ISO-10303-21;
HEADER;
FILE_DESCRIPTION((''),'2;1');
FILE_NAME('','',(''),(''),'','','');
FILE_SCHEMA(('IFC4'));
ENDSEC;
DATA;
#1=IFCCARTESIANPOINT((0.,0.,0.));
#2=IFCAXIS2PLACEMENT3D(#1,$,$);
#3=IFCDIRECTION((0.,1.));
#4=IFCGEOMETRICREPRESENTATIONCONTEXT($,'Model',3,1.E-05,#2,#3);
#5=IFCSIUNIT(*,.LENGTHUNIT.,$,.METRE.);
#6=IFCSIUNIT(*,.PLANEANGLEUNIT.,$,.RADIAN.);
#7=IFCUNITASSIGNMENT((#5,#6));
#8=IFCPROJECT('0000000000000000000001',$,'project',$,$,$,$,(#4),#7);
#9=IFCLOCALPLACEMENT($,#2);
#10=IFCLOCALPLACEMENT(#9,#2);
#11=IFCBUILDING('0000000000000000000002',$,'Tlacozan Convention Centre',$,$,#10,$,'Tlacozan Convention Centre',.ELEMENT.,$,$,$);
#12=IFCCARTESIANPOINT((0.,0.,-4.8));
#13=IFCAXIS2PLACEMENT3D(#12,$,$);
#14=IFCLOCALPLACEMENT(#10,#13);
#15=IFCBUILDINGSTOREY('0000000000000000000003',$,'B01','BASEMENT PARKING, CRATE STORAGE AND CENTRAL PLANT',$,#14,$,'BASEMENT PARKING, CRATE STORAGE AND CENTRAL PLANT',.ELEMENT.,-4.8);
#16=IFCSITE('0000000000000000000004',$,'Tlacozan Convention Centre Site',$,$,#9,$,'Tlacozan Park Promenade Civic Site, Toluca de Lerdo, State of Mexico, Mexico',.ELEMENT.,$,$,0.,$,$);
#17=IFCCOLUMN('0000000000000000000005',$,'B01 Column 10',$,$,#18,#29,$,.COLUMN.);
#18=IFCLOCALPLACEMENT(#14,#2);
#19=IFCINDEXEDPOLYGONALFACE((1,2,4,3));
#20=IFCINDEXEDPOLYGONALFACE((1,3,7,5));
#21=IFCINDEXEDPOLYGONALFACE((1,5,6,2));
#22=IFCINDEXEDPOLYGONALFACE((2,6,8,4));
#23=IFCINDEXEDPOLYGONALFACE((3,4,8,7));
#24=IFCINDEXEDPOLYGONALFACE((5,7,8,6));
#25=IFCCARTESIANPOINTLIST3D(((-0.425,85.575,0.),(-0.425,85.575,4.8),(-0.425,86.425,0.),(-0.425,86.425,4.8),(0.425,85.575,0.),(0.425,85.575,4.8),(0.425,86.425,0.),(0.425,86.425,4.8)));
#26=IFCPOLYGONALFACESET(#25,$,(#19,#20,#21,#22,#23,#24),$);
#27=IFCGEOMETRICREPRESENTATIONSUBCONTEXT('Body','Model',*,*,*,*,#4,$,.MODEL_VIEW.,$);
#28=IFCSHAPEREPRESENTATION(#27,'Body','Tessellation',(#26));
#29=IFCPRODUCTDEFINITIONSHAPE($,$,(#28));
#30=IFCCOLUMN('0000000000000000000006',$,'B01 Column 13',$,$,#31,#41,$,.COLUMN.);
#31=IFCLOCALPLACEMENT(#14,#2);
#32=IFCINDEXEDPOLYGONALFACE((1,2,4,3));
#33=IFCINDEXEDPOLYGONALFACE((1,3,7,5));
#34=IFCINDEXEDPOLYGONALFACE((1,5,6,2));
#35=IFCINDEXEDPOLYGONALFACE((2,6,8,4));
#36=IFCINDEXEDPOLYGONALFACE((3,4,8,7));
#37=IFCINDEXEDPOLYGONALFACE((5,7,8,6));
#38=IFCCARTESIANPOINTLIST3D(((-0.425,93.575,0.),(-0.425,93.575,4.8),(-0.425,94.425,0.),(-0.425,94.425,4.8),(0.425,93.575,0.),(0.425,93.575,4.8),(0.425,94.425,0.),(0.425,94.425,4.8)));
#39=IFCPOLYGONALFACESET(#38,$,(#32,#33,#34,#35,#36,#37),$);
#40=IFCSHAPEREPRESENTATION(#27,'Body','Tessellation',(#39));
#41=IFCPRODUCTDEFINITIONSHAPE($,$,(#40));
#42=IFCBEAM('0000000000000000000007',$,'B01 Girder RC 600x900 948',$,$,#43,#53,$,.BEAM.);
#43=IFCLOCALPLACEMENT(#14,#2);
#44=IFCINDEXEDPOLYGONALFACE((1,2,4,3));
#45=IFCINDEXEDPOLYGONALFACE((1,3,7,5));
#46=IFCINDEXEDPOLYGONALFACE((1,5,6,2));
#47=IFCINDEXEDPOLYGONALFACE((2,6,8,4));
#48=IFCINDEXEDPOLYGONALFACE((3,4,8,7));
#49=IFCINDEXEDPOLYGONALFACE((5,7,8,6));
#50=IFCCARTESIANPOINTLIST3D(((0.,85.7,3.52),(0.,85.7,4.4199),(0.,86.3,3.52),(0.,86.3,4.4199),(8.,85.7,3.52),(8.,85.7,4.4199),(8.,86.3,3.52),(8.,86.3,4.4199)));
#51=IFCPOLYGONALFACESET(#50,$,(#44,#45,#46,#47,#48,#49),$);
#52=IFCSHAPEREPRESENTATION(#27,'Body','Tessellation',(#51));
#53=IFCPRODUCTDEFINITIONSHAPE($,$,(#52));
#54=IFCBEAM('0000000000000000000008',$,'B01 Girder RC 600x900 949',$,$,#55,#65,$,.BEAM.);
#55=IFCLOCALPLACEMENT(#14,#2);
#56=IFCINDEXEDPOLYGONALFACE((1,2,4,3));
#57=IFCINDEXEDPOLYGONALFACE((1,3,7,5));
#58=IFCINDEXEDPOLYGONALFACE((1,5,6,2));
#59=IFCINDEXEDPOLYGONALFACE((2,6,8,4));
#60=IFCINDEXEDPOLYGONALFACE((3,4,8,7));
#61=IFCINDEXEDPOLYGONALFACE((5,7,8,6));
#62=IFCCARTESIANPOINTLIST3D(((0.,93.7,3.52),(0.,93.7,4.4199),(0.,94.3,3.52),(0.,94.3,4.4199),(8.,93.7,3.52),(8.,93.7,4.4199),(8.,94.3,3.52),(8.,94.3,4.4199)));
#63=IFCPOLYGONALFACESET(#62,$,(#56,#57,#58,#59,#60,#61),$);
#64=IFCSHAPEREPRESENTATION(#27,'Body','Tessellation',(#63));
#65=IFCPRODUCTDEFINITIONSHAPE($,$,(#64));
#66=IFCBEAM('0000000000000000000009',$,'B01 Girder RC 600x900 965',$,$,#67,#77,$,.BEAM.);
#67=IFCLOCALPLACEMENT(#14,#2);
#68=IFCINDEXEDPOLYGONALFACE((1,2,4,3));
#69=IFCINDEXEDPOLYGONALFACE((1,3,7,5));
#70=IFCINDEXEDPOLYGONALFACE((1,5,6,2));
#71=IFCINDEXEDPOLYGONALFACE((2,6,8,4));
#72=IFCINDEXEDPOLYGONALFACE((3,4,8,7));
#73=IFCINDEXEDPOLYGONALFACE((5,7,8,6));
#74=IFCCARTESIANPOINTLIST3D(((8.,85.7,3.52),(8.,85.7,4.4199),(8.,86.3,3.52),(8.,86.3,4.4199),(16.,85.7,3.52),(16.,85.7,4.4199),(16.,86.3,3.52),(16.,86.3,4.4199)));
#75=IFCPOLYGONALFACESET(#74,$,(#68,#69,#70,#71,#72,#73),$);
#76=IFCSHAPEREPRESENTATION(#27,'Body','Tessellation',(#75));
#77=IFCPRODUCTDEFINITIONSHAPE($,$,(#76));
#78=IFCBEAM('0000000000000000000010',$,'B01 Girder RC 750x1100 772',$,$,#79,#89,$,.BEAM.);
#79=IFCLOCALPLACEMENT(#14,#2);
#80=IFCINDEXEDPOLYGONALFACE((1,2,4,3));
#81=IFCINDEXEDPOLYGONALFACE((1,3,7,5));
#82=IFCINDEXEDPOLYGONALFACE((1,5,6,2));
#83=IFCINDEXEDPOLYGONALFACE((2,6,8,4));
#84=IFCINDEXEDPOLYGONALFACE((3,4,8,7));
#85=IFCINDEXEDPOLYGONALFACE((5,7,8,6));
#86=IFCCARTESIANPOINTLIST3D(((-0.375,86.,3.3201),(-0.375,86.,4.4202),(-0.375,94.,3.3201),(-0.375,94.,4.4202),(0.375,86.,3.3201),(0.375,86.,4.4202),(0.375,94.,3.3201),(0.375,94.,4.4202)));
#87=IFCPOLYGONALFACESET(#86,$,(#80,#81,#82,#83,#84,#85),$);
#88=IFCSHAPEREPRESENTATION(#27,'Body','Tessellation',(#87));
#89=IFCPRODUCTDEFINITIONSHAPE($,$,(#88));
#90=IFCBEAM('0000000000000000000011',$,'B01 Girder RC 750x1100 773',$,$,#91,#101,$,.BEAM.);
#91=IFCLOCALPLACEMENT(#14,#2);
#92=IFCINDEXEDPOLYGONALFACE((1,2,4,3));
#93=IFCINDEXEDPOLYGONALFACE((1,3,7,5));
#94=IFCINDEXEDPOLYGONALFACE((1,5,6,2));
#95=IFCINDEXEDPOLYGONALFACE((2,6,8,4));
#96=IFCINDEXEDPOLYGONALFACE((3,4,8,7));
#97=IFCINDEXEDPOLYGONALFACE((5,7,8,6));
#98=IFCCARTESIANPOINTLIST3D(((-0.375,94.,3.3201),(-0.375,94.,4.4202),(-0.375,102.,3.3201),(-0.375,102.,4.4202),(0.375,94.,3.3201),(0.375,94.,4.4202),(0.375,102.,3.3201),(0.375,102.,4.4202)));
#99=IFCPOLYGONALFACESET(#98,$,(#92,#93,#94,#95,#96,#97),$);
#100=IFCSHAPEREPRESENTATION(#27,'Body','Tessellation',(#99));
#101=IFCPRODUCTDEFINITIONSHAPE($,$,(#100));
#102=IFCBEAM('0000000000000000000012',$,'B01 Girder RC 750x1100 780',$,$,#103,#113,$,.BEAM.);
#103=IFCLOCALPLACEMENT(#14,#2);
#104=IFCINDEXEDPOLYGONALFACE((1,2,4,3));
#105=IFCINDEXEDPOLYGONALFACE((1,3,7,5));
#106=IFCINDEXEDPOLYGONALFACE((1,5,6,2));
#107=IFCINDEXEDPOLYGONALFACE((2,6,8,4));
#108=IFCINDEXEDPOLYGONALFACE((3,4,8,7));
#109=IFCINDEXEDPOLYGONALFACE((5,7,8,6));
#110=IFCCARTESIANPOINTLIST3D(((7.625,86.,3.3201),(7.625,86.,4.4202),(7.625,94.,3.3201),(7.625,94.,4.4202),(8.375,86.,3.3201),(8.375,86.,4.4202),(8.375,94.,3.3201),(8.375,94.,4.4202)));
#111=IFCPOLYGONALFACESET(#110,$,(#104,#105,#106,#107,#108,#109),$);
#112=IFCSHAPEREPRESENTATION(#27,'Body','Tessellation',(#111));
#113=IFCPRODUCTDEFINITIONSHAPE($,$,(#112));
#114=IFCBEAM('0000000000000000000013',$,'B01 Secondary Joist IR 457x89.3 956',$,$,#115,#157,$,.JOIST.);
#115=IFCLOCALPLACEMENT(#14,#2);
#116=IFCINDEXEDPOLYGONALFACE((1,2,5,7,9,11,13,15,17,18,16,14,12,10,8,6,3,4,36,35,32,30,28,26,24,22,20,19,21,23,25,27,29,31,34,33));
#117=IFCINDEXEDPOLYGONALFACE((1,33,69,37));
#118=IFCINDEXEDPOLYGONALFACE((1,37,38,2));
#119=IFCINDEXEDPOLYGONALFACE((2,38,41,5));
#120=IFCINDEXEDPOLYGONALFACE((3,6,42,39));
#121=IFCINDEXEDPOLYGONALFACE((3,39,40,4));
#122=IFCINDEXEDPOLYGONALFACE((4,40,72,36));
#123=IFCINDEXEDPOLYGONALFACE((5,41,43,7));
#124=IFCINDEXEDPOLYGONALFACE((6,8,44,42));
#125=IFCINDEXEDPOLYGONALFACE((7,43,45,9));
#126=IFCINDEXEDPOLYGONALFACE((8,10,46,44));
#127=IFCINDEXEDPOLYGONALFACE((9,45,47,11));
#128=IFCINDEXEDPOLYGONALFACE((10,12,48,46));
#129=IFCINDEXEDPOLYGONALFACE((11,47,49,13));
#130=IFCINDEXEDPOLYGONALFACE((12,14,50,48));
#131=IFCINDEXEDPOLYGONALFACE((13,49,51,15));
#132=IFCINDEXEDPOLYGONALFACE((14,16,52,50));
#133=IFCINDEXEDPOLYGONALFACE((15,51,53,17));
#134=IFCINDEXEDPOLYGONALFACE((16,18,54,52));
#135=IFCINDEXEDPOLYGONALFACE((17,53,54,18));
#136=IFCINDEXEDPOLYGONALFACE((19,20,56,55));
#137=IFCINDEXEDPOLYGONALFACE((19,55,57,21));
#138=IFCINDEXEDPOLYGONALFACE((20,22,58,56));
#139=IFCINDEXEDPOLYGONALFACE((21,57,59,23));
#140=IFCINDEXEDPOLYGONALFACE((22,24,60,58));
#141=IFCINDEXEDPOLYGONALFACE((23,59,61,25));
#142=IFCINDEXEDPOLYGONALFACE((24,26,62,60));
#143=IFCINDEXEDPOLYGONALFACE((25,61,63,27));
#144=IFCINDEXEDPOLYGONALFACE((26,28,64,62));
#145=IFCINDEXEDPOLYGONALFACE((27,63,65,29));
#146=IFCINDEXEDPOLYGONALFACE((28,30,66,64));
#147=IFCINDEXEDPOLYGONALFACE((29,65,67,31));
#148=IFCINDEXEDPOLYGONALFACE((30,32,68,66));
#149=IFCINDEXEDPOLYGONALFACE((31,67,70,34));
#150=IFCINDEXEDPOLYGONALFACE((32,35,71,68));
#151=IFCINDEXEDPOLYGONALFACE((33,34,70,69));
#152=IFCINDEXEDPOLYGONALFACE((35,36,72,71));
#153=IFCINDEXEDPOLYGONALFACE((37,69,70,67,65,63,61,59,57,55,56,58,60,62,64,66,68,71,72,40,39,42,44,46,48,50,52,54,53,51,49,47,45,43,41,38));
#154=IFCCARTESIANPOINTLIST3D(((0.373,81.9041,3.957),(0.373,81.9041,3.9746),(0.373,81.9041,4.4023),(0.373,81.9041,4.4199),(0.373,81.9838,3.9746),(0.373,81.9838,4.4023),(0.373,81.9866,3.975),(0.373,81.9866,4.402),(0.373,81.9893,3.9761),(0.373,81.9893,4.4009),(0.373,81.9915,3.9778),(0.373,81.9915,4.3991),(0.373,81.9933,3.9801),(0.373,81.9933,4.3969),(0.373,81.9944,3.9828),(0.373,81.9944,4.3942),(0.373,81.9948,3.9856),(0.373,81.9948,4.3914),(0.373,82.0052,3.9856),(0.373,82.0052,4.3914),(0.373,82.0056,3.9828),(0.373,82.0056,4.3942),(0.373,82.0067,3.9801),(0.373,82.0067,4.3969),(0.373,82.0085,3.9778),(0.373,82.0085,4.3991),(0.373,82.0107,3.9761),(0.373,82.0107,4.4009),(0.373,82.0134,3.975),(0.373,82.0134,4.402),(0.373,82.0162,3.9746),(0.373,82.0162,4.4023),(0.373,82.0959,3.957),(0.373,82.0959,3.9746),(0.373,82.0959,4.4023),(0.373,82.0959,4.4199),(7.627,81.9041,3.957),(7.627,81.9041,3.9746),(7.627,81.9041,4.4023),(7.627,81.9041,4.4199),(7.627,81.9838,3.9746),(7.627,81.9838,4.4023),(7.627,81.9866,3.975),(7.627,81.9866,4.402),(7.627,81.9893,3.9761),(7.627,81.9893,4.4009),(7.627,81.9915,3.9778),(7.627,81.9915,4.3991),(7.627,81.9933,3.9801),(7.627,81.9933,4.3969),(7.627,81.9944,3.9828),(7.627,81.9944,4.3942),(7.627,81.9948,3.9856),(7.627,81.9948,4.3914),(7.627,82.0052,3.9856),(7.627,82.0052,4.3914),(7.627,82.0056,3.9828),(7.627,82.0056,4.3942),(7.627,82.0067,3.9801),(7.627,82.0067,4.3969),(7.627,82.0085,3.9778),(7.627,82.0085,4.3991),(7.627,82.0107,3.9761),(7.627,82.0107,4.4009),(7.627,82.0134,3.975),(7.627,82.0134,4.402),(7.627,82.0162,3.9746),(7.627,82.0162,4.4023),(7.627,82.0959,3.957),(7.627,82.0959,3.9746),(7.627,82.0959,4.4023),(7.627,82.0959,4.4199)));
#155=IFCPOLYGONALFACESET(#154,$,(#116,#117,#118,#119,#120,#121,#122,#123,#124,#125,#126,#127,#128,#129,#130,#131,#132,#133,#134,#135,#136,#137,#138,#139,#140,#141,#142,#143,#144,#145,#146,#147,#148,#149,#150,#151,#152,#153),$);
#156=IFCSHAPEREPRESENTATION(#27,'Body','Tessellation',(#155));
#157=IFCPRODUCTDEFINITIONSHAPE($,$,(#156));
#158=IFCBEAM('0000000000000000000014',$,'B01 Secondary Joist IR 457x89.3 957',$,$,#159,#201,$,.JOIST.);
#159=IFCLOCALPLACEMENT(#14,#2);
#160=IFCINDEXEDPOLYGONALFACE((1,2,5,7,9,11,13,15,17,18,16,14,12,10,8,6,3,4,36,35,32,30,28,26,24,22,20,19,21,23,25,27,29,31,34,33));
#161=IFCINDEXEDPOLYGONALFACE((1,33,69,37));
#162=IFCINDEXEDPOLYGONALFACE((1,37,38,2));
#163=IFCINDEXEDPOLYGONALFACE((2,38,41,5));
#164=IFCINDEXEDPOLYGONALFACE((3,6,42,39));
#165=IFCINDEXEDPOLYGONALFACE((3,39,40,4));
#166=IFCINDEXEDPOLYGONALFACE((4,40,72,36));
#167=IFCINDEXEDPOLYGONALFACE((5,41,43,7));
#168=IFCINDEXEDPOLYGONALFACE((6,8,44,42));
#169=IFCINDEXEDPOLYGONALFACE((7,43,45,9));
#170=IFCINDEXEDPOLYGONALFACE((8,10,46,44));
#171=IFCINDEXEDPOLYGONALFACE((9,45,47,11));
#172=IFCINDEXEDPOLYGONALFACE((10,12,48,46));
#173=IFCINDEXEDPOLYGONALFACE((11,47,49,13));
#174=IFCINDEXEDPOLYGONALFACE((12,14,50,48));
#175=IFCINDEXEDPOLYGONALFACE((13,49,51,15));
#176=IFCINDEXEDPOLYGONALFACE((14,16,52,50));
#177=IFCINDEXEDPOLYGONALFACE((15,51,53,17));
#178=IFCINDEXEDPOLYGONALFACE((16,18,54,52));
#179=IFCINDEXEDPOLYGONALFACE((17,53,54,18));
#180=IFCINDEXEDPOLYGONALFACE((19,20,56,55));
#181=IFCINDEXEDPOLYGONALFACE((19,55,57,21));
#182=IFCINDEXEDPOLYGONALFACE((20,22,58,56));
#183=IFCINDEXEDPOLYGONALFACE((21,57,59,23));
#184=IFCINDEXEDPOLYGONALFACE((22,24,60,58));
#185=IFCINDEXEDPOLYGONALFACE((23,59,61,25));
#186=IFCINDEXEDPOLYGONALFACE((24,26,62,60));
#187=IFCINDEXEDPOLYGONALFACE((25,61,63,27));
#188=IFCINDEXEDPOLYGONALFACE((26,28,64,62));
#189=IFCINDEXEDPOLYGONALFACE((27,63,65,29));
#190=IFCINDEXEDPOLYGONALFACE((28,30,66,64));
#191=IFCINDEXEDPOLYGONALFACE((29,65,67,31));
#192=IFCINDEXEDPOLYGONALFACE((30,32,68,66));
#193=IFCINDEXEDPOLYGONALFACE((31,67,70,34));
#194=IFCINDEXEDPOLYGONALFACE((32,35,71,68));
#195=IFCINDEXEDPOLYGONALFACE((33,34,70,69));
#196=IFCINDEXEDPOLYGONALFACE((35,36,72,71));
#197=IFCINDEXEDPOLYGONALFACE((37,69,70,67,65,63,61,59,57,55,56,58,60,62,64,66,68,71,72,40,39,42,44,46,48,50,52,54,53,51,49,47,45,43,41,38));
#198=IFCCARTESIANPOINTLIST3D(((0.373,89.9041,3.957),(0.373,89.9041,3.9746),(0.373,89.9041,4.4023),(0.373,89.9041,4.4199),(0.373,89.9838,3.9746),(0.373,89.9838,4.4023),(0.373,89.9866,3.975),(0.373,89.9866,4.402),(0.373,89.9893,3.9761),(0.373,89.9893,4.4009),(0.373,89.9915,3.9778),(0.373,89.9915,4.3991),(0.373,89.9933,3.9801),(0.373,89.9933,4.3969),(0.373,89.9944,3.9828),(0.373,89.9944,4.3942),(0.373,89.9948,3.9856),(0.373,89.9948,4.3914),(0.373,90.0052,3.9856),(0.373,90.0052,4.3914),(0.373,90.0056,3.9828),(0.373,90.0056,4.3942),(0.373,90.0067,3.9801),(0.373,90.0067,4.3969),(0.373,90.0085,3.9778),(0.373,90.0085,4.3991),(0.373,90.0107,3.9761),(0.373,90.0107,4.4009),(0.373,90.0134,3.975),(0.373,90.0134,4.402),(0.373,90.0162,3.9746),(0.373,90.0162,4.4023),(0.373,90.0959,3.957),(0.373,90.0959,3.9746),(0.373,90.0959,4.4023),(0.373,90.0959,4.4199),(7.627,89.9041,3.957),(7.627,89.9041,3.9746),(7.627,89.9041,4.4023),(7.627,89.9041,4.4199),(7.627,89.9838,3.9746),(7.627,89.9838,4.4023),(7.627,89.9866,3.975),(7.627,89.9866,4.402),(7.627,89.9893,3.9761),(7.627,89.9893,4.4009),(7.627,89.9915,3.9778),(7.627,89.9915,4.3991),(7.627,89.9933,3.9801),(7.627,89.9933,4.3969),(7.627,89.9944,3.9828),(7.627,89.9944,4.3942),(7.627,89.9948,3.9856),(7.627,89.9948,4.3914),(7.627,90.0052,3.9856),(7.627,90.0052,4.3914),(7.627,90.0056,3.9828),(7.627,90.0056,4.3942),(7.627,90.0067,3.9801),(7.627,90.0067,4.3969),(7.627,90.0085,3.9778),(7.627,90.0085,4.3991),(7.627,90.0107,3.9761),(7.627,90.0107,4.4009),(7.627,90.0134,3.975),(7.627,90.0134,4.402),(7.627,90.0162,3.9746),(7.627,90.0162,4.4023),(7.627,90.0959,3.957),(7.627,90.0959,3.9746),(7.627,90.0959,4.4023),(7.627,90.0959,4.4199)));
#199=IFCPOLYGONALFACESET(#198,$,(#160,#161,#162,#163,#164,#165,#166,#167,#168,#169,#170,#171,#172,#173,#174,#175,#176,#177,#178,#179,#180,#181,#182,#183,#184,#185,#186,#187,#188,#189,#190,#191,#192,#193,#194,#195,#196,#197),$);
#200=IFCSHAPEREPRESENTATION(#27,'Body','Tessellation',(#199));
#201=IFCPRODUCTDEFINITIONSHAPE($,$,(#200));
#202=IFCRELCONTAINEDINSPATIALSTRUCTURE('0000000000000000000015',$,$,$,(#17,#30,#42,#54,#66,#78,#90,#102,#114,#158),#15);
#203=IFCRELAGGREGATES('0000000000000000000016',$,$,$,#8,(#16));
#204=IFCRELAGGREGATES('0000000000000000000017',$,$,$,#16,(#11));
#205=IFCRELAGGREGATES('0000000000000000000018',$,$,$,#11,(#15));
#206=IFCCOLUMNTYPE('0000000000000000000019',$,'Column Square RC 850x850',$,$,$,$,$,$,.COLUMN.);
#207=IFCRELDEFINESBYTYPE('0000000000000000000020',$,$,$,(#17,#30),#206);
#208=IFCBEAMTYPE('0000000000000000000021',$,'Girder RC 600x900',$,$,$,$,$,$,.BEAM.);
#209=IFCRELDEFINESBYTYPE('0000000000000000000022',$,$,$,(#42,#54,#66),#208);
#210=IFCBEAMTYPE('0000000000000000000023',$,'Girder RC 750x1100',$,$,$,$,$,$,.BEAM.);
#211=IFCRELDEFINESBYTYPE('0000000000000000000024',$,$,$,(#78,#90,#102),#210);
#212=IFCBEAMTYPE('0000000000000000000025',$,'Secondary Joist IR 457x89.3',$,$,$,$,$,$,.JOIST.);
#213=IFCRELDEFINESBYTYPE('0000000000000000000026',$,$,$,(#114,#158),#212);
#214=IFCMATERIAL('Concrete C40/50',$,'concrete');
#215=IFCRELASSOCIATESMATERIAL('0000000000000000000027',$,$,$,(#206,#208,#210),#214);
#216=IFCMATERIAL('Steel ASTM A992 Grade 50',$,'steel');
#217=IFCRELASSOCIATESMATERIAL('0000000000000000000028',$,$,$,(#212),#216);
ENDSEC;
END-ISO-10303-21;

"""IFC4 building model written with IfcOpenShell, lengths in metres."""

from ifc_helpers import new_model, si_unit, direction, frame, origin, origin_2d, place, context, subcontext, project, spatial, rectangle, i_section, extrude, material, material_profile, profile_set, type_object, element, save


model = new_model("IFC4")

# Units and contexts
model_context = context("Model", 3, precision=1e-05, world=origin(), true_north=direction((0.0, 1.0)))
body_context = subcontext(model_context, "Body", "Model", "MODEL_VIEW")
ifc_project = project(units=[si_unit("LENGTHUNIT", "METRE"), si_unit("PLANEANGLEUNIT", "RADIAN")], contexts=[model_context])

# Site, building, storey
site_placement = place(None, origin())
site = spatial("IfcSite", under=ifc_project, at=site_placement, Name="Tlacozan Convention Centre Site", LongName="Tlacozan Park Promenade Civic Site, Toluca de Lerdo, State of Mexico, Mexico", CompositionType="ELEMENT", RefElevation=0.0)
building_placement = place(site_placement, origin())
building = spatial("IfcBuilding", under=site, at=building_placement, Name="Tlacozan Convention Centre", LongName="Tlacozan Convention Centre", CompositionType="ELEMENT")
storey_placement = place(building_placement, frame((0.0, 0.0, -4.8)))
storey = spatial("IfcBuildingStorey", under=building, at=storey_placement, Name="B01", Description="BASEMENT PARKING, CRATE STORAGE AND CENTRAL PLANT", LongName="BASEMENT PARKING, CRATE STORAGE AND CENTRAL PLANT", CompositionType="ELEMENT", Elevation=-4.8)

# Columns
ifc_material_1 = material(Name="Concrete C40/50", Category="concrete")
ifc_material_profile_1 = material_profile(ifc_material_1, rectangle(XDim=0.8501, YDim=0.8501, at=origin_2d()), Name="RC 850x850")
ifc_profile_set_1 = profile_set([ifc_material_profile_1], Name="Concrete C40/50")
column_type_1 = type_object("IfcColumnType", Name="Column Square RC 850x850", PredefinedType="COLUMN", material=ifc_profile_set_1)
for number, where, z_axis, x_axis, name in (
    (1, (0.0, 86.0, 0.0), (0.0, 0.0, 1.0), (1.0, 0.0, 0.0), "B01 Column 10"),
    (2, (0.0, 94.0, 0.0), (0.0, 0.0, 1.0), (1.0, 0.0, 0.0), "B01 Column 13"),
):
    element("IfcColumn", number, at=place(storey_placement, frame(where, z_axis=z_axis, x_axis=x_axis)), inside=storey, type_object=column_type_1, Name=name, PredefinedType="COLUMN", context=body_context, shape_type="SweptSolid", body=[
        extrude(rectangle(XDim=0.8501, YDim=0.8501, at=origin_2d()), origin(), (0.0, 0.0, 1.0), 4.8),
    ])

# Beams
ifc_material_profile_2 = material_profile(ifc_material_1, rectangle(XDim=0.6001, YDim=0.8999, at=origin_2d()), Name="RC 600x900")
ifc_profile_set_2 = profile_set([ifc_material_profile_2], Name="Concrete C40/50")
beam_type_1 = type_object("IfcBeamType", Name="Girder RC 600x900", PredefinedType="BEAM", material=ifc_profile_set_2)
for number, where, z_axis, x_axis, name in (
    (3, (0.0, 86.0, 3.97), (1.0, 0.0, 0.0), (0.0, 1.0, 0.0), "B01 Girder RC 600x900 948"),
    (4, (0.0, 94.0, 3.97), (1.0, 0.0, 0.0), (0.0, 1.0, 0.0), "B01 Girder RC 600x900 949"),
    (5, (8.0, 86.0, 3.97), (1.0, 0.0, 0.0), (0.0, 1.0, 0.0), "B01 Girder RC 600x900 965"),
):
    element("IfcBeam", number, at=place(storey_placement, frame(where, z_axis=z_axis, x_axis=x_axis)), inside=storey, type_object=beam_type_1, Name=name, PredefinedType="BEAM", context=body_context, shape_type="SweptSolid", body=[
        extrude(rectangle(XDim=0.6001, YDim=0.8999, at=origin_2d()), origin(), (0.0, 0.0, 1.0), 8.0),
    ])
ifc_material_profile_3 = material_profile(ifc_material_1, rectangle(XDim=0.75, YDim=1.1001, at=origin_2d()), Name="RC 750x1100")
ifc_profile_set_3 = profile_set([ifc_material_profile_3], Name="Concrete C40/50")
beam_type_2 = type_object("IfcBeamType", Name="Girder RC 750x1100", PredefinedType="BEAM", material=ifc_profile_set_3)
for number, where, z_axis, x_axis, name in (
    (6, (0.0, 86.0, 3.8701), (0.0, 1.0, 0.0), (-1.0, 0.0, 0.0), "B01 Girder RC 750x1100 772"),
    (7, (0.0, 94.0, 3.8701), (0.0, 1.0, 0.0), (-1.0, 0.0, 0.0), "B01 Girder RC 750x1100 773"),
    (8, (8.0, 86.0, 3.8701), (0.0, 1.0, 0.0), (-1.0, 0.0, 0.0), "B01 Girder RC 750x1100 780"),
):
    element("IfcBeam", number, at=place(storey_placement, frame(where, z_axis=z_axis, x_axis=x_axis)), inside=storey, type_object=beam_type_2, Name=name, PredefinedType="BEAM", context=body_context, shape_type="SweptSolid", body=[
        extrude(rectangle(XDim=0.75, YDim=1.1001, at=origin_2d()), origin(), (0.0, 0.0, 1.0), 8.0),
    ])
ifc_material_2 = material(Name="Steel ASTM A992 Grade 50", Category="steel")
ifc_material_profile_4 = material_profile(ifc_material_2, i_section(OverallWidth=0.1919, OverallDepth=0.4629, WebThickness=0.0105, FlangeThickness=0.0176, FilletRadius=0.011, at=origin_2d()), Name="IR 457x89.3")
ifc_profile_set_4 = profile_set([ifc_material_profile_4], Name="Steel ASTM A992 Grade 50")
beam_type_3 = type_object("IfcBeamType", Name="Secondary Joist IR 457x89.3", PredefinedType="JOIST", material=ifc_profile_set_4)
for number, where, z_axis, x_axis, name in (
    (9, (0.373, 82.0, 4.1885), (1.0, 0.0, 0.0), (0.0, 1.0, 0.0), "B01 Secondary Joist IR 457x89.3 956"),
    (10, (0.373, 90.0, 4.1885), (1.0, 0.0, 0.0), (0.0, 1.0, 0.0), "B01 Secondary Joist IR 457x89.3 957"),
):
    element("IfcBeam", number, at=place(storey_placement, frame(where, z_axis=z_axis, x_axis=x_axis)), inside=storey, type_object=beam_type_3, Name=name, PredefinedType="JOIST", context=body_context, shape_type="SweptSolid", body=[
        extrude(i_section(OverallWidth=0.1919, OverallDepth=0.4629, WebThickness=0.0105, FlangeThickness=0.0176, FilletRadius=0.011, at=origin_2d()), origin(), (0.0, 0.0, 1.0), 7.2539),
    ])

save(model, "model.ifc")
